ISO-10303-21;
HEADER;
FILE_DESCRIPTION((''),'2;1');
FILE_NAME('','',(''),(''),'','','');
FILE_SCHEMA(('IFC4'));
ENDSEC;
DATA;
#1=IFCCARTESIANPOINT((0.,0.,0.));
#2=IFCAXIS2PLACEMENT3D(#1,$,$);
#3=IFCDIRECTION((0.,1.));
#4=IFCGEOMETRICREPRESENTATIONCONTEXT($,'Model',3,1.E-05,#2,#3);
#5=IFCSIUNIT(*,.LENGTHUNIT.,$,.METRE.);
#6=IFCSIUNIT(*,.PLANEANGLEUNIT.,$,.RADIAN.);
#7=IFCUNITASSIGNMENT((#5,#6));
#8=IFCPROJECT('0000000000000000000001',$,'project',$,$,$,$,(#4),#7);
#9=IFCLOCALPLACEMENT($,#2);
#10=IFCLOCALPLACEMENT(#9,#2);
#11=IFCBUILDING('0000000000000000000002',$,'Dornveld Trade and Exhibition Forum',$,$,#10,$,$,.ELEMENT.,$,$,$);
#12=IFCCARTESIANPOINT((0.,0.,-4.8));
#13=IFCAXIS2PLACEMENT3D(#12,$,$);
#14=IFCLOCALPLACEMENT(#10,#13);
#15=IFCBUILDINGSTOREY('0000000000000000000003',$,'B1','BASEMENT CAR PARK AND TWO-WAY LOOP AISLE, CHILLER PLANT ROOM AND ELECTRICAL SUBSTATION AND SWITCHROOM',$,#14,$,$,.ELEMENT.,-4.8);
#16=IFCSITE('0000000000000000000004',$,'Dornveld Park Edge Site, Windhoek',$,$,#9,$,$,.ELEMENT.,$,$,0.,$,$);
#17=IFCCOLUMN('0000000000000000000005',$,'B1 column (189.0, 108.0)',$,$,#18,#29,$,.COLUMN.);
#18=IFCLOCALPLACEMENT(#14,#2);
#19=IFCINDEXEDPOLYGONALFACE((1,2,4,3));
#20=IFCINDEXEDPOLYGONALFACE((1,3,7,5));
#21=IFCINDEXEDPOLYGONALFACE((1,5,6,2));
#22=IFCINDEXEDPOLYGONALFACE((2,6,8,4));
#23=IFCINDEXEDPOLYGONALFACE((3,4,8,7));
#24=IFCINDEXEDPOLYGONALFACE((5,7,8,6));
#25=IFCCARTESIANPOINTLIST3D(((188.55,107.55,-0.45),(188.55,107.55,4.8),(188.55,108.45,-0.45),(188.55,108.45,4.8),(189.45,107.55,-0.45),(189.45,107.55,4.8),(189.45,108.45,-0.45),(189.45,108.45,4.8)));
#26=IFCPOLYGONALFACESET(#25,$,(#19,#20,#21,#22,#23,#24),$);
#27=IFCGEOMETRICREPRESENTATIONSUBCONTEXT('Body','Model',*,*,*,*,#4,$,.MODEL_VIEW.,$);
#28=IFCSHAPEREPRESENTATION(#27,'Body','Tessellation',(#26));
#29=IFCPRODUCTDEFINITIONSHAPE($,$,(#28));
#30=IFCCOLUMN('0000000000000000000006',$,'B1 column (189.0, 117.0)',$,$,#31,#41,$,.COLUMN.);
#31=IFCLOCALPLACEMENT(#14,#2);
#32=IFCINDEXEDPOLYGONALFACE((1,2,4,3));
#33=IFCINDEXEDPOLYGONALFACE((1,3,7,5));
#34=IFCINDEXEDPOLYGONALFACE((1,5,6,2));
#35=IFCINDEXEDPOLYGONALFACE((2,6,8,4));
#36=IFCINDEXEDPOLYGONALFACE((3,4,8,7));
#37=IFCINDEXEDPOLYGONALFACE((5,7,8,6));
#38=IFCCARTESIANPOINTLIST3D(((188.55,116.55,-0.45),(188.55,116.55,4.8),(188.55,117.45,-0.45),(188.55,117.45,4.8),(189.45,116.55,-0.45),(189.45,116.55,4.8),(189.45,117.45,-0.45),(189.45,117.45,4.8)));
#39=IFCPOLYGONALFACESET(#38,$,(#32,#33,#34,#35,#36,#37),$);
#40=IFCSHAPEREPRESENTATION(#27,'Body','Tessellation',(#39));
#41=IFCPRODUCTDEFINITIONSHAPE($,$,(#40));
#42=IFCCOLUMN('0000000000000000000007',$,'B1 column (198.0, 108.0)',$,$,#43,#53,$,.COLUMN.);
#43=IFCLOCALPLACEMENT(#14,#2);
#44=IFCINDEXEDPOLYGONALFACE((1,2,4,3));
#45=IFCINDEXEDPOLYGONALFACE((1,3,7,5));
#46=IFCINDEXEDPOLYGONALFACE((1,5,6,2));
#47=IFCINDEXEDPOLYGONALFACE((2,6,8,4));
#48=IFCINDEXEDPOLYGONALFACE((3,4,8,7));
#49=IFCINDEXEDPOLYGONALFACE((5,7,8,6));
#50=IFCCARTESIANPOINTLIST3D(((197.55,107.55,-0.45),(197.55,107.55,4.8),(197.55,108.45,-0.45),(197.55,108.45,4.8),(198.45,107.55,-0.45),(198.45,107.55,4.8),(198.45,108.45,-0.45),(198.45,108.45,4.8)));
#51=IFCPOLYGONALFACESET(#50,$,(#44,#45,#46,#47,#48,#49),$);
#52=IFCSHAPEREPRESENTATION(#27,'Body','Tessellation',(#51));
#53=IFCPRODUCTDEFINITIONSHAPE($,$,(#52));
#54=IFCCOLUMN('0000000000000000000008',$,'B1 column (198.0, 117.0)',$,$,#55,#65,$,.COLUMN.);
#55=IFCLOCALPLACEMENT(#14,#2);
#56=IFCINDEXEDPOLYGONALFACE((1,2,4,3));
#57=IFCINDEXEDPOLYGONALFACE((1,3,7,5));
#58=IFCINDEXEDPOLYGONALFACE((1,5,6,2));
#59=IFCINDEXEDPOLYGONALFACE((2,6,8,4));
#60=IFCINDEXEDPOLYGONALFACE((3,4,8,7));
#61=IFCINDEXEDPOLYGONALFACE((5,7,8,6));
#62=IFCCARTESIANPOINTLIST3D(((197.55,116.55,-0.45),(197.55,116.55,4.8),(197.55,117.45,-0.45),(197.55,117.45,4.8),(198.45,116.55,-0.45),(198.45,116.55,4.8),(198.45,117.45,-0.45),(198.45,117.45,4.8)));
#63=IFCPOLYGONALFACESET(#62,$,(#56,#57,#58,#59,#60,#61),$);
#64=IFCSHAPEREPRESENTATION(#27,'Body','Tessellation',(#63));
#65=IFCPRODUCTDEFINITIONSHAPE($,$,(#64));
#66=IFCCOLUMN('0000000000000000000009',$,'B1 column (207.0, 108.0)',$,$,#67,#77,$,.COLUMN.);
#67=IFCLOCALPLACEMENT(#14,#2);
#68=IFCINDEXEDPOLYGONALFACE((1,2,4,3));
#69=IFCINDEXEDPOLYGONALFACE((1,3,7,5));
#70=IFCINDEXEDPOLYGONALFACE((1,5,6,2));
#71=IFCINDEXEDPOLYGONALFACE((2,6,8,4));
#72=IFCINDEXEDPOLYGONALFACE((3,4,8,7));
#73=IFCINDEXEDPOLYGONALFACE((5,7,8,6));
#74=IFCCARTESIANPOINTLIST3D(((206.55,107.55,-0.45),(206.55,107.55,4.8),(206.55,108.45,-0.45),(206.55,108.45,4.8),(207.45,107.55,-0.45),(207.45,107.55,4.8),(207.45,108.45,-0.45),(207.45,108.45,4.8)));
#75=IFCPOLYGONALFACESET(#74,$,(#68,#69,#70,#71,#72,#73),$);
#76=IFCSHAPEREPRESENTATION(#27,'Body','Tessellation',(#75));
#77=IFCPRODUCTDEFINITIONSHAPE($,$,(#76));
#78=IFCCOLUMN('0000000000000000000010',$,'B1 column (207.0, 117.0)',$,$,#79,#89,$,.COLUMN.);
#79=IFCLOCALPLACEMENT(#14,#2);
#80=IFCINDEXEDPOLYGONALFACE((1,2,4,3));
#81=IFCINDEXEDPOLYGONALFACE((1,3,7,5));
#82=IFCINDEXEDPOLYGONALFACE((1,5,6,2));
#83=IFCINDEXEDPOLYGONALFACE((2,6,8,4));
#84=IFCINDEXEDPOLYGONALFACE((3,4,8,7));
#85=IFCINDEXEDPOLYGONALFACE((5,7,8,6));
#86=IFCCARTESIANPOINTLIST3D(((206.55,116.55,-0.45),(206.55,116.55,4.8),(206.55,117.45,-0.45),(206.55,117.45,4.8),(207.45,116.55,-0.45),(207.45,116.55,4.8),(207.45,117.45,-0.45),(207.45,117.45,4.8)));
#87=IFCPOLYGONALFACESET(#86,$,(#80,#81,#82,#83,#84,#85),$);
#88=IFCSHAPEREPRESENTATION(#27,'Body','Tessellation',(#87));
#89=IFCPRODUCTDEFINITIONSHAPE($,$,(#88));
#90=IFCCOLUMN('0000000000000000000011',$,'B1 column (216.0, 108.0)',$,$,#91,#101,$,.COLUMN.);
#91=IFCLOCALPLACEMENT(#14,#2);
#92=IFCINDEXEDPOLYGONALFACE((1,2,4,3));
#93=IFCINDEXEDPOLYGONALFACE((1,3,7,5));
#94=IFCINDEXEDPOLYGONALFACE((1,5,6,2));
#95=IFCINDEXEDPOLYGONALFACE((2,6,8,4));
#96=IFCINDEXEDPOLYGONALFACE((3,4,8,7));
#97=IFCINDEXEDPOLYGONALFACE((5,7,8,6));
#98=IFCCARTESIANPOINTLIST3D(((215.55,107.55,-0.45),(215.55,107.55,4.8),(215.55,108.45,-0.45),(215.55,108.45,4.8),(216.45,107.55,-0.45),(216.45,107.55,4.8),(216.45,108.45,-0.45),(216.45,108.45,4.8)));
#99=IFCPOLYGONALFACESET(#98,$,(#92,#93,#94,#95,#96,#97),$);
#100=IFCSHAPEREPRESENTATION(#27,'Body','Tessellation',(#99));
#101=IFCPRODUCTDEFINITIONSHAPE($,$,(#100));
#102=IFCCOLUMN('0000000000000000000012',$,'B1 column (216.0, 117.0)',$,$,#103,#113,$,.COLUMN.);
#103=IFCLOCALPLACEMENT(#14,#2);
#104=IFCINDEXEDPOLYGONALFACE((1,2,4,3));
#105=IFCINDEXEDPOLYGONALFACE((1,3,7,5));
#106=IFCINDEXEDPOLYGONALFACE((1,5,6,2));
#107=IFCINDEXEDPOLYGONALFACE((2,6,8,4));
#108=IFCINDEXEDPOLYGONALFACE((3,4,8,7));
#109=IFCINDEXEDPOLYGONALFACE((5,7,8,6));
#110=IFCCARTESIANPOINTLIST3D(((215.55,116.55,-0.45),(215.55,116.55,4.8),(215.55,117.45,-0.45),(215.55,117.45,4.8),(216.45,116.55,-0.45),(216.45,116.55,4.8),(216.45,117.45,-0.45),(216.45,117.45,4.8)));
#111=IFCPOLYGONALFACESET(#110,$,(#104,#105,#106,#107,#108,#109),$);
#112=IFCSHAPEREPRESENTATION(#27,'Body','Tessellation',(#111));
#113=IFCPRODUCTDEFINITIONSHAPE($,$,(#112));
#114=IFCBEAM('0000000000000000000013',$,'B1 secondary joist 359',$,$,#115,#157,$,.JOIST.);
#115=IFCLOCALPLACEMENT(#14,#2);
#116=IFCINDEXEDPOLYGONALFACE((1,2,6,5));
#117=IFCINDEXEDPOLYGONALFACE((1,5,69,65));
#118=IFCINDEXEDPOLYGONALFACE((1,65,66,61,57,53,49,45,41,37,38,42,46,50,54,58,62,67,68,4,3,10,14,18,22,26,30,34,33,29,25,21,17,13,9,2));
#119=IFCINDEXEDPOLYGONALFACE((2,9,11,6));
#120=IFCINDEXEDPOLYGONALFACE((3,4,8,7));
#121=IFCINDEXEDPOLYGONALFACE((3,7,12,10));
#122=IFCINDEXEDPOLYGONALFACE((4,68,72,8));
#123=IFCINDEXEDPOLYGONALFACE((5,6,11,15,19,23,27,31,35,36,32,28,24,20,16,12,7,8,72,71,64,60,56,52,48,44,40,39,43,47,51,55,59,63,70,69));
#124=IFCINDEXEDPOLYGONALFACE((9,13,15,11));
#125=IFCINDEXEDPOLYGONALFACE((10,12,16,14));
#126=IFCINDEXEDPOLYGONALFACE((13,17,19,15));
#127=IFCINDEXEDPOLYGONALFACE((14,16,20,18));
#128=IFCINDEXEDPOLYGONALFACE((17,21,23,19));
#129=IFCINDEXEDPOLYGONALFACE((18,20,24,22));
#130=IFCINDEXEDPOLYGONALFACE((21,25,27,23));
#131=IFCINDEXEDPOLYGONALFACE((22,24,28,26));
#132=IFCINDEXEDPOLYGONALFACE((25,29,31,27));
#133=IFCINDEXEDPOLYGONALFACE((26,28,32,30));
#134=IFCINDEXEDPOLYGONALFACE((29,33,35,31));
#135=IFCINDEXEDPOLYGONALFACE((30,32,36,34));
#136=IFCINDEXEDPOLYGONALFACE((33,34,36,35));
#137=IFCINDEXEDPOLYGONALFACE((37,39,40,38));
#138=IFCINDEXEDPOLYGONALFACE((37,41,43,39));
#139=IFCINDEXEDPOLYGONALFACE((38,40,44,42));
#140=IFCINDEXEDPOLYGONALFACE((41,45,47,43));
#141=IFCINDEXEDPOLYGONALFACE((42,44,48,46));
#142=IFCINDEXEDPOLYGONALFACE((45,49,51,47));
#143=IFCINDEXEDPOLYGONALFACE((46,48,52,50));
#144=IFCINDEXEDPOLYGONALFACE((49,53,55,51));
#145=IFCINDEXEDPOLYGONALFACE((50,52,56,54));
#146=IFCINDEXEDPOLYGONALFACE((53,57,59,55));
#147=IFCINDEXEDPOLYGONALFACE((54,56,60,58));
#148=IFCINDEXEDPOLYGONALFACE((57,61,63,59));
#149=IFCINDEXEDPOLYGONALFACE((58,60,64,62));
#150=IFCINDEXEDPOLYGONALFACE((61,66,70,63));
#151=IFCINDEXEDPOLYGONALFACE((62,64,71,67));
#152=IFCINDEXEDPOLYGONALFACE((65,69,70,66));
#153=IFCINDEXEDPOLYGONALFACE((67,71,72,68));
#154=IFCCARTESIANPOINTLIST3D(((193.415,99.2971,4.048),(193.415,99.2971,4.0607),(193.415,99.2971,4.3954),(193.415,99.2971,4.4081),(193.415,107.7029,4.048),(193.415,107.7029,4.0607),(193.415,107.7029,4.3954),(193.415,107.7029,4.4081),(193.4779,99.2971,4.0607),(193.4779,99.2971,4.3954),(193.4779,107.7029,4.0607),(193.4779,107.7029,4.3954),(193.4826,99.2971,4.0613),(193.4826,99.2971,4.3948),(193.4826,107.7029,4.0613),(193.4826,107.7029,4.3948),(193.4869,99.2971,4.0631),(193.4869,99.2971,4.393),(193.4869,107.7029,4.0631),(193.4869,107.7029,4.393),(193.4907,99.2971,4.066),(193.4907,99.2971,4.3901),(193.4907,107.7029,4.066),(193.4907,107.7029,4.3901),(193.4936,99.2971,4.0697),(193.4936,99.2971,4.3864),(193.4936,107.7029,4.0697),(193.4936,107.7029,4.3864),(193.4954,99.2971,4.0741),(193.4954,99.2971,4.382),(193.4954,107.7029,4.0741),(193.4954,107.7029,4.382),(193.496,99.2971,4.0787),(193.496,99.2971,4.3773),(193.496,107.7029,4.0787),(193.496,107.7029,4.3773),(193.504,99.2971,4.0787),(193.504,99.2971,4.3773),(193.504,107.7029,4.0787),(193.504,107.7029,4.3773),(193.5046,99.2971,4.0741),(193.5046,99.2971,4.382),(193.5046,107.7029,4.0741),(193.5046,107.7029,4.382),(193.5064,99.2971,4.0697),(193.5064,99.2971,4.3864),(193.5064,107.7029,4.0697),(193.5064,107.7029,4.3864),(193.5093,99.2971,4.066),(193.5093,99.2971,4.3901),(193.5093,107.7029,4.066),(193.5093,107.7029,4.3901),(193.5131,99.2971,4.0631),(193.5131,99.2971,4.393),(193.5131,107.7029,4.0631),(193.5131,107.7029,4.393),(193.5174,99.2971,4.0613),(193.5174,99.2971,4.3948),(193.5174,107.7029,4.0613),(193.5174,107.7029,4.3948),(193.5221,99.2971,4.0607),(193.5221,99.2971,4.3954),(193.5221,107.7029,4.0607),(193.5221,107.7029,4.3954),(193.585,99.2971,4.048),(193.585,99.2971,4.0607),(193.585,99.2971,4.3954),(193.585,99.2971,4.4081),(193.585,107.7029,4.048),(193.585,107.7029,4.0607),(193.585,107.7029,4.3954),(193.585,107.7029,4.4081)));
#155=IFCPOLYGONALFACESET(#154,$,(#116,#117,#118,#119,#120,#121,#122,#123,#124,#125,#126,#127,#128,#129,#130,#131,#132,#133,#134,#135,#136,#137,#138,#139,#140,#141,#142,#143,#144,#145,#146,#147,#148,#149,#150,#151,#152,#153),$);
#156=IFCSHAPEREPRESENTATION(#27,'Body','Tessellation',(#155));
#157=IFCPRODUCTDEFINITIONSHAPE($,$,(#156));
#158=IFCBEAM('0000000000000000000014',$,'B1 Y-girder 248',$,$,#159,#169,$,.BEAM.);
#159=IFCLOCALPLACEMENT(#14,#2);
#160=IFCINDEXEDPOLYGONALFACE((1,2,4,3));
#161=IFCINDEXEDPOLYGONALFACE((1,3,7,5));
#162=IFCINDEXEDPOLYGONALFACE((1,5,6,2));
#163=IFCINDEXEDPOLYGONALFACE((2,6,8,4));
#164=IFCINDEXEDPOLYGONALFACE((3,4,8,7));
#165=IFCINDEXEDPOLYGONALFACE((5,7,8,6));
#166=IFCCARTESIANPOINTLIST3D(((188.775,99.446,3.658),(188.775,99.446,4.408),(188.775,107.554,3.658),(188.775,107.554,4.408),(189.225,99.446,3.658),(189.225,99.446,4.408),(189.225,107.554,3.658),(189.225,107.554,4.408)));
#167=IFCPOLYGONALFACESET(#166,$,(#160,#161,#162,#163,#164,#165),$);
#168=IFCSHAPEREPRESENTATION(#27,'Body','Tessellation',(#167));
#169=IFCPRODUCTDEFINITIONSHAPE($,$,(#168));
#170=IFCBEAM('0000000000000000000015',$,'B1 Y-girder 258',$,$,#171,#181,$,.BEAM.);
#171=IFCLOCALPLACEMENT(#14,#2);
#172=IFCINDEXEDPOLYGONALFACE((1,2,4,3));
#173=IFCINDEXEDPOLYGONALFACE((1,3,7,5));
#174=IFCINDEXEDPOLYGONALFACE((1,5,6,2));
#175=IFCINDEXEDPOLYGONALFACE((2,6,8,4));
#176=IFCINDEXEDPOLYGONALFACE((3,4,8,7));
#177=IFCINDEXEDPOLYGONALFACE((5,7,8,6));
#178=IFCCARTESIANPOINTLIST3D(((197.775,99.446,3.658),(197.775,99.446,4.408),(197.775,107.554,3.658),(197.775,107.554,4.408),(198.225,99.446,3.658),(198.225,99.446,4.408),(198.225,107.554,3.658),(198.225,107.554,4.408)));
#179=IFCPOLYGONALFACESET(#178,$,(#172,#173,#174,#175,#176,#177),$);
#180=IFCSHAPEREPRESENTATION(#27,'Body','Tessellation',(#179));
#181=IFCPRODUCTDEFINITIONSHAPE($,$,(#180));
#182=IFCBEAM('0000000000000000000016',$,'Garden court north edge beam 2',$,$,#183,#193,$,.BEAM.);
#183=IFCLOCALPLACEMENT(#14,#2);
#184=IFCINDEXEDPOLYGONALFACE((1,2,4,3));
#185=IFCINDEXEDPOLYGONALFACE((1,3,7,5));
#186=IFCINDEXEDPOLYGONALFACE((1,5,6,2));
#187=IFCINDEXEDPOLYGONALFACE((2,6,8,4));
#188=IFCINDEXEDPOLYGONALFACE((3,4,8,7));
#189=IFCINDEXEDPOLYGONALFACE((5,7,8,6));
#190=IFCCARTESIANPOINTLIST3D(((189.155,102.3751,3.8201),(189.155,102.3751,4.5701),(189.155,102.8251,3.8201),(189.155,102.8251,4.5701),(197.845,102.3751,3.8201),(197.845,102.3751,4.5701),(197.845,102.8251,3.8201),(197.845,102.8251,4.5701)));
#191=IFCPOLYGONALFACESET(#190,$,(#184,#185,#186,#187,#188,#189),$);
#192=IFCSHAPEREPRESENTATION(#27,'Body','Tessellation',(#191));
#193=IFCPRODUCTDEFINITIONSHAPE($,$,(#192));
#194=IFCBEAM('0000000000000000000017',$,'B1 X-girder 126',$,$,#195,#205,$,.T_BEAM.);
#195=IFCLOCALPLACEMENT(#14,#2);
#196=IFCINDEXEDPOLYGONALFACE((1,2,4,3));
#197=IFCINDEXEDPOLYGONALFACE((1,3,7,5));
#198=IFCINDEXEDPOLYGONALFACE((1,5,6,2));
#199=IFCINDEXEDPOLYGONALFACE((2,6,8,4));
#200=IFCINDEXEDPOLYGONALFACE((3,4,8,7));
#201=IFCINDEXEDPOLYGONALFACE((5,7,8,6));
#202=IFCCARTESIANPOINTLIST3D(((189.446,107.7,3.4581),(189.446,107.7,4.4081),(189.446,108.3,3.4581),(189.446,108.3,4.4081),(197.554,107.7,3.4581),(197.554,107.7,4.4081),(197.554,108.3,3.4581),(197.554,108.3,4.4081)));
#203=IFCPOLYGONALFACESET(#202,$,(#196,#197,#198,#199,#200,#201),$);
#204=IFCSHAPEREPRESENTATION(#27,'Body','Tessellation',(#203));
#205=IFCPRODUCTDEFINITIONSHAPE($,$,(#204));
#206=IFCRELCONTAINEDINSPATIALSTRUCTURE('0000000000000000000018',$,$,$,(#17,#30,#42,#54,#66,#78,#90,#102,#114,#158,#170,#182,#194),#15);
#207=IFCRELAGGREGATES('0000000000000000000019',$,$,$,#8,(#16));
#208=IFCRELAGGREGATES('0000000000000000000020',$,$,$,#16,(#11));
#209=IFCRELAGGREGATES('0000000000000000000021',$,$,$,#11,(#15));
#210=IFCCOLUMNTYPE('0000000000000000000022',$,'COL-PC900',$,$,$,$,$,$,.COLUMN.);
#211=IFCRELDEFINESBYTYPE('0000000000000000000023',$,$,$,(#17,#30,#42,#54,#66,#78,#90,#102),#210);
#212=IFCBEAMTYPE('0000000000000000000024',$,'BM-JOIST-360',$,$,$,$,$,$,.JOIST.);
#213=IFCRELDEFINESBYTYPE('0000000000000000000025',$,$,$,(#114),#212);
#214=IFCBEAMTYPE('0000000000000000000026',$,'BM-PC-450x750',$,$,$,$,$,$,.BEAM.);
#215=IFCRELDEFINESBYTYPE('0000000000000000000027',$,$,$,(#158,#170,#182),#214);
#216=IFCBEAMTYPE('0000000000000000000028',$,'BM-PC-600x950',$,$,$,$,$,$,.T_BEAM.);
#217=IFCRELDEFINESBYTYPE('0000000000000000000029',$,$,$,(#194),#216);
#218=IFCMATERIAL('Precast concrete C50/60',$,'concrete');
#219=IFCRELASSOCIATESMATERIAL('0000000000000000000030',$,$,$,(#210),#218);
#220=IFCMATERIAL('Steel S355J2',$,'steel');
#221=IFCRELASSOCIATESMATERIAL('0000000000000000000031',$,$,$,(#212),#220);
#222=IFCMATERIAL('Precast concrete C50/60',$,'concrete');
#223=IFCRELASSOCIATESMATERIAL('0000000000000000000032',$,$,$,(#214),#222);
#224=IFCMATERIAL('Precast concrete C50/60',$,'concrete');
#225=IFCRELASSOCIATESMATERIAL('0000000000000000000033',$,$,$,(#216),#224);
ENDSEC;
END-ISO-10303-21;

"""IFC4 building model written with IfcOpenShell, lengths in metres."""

from ifc_helpers import new_model, si_unit, direction, frame, origin, origin_2d, place, context, subcontext, project, spatial, rectangle, i_section, extrude, material, material_profile, profile_set, type_object, element, save


model = new_model("IFC4")

# Units and contexts
model_context = context("Model", 3, precision=1e-05, world=origin(), true_north=direction((0.0, 1.0)))
body_context = subcontext(model_context, "Body", "Model", "MODEL_VIEW")
ifc_project = project(units=[si_unit("LENGTHUNIT", "METRE"), si_unit("PLANEANGLEUNIT", "RADIAN")], contexts=[model_context])

# Site, building, storey
site_placement = place(None, origin())
site = spatial("IfcSite", under=ifc_project, at=site_placement, Name="Dornveld Park Edge Site, Windhoek", CompositionType="ELEMENT", RefElevation=0.0)
building_placement = place(site_placement, origin())
building = spatial("IfcBuilding", under=site, at=building_placement, Name="Dornveld Trade and Exhibition Forum", CompositionType="ELEMENT")
storey_placement = place(building_placement, frame((0.0, 0.0, -4.8)))
storey = spatial("IfcBuildingStorey", under=building, at=storey_placement, Name="B1", Description="BASEMENT CAR PARK AND TWO-WAY LOOP AISLE, CHILLER PLANT ROOM AND ELECTRICAL SUBSTATION AND SWITCHROOM", CompositionType="ELEMENT", Elevation=-4.8)

# Columns
ifc_material_1 = material(Name="Precast concrete C50/60", Category="concrete")
ifc_material_profile_1 = material_profile(ifc_material_1, rectangle(XDim=0.8999, YDim=0.8999, at=origin_2d()), Name="PC-COL 900x900")
ifc_profile_set_1 = profile_set([ifc_material_profile_1], Name="Precast concrete C50/60")
column_type_1 = type_object("IfcColumnType", Name="COL-PC900", PredefinedType="COLUMN", material=ifc_profile_set_1)
for number, where, z_axis, x_axis, name in (
    (1, (189.0, 108.0, -0.45), (0.0, 0.0, 1.0), (1.0, 0.0, 0.0), "B1 column (189.0, 108.0)"),
    (2, (189.0, 117.0, -0.45), (0.0, 0.0, 1.0), (1.0, 0.0, 0.0), "B1 column (189.0, 117.0)"),
    (3, (198.0, 108.0, -0.45), (0.0, 0.0, 1.0), (1.0, 0.0, 0.0), "B1 column (198.0, 108.0)"),
    (4, (198.0, 117.0, -0.45), (0.0, 0.0, 1.0), (1.0, 0.0, 0.0), "B1 column (198.0, 117.0)"),
    (5, (207.0, 108.0, -0.45), (0.0, 0.0, 1.0), (1.0, 0.0, 0.0), "B1 column (207.0, 108.0)"),
    (6, (207.0, 117.0, -0.45), (0.0, 0.0, 1.0), (1.0, 0.0, 0.0), "B1 column (207.0, 117.0)"),
    (7, (216.0, 108.0, -0.45), (0.0, 0.0, 1.0), (1.0, 0.0, 0.0), "B1 column (216.0, 108.0)"),
    (8, (216.0, 117.0, -0.45), (0.0, 0.0, 1.0), (1.0, 0.0, 0.0), "B1 column (216.0, 117.0)"),
):
    element("IfcColumn", number, at=place(storey_placement, frame(where, z_axis=z_axis, x_axis=x_axis)), inside=storey, type_object=column_type_1, Name=name, PredefinedType="COLUMN", context=body_context, shape_type="SweptSolid", body=[
        extrude(rectangle(XDim=0.8999, YDim=0.8999, at=origin_2d()), origin(), (0.0, 0.0, 1.0), 5.25),
    ])

# Beams
ifc_material_2 = material(Name="Steel S355J2", Category="steel")
ifc_material_profile_2 = material_profile(ifc_material_2, i_section(OverallWidth=0.1699, OverallDepth=0.3601, WebThickness=0.0081, FlangeThickness=0.0127, FilletRadius=0.0181, at=origin_2d()), Name="IPE 360")
ifc_profile_set_2 = profile_set([ifc_material_profile_2], Name="Steel S355J2")
beam_type_1 = type_object("IfcBeamType", Name="BM-JOIST-360", PredefinedType="JOIST", material=ifc_profile_set_2)
beam_1_placement = place(storey_placement, frame((193.5, 99.2971, 4.228), z_axis=(0.0, 1.0, 0.0), x_axis=(-1.0, 0.0, 0.0)))
element("IfcBeam", 9, at=beam_1_placement, inside=storey, type_object=beam_type_1, Name="B1 secondary joist 359", PredefinedType="JOIST", context=body_context, shape_type="SweptSolid", body=[
    extrude(i_section(OverallWidth=0.1699, OverallDepth=0.3601, WebThickness=0.0081, FlangeThickness=0.0127, FilletRadius=0.0181, at=origin_2d()), origin(), (0.0, 0.0, 1.0), 8.4058),
])
ifc_material_3 = material(Name="Precast concrete C50/60", Category="concrete")
ifc_material_profile_3 = material_profile(ifc_material_3, rectangle(XDim=0.45, YDim=0.75, at=origin_2d()), Name="PC-BM 450x750")
ifc_profile_set_3 = profile_set([ifc_material_profile_3], Name="Precast concrete C50/60")
beam_type_2 = type_object("IfcBeamType", Name="BM-PC-450x750", PredefinedType="BEAM", material=ifc_profile_set_3)
for number, where, z_axis, x_axis, name in (
    (10, (189.0, 99.446, 4.033), (0.0, 1.0, 0.0), (-1.0, 0.0, 0.0), "B1 Y-girder 248"),
    (11, (198.0, 99.446, 4.033), (0.0, 1.0, 0.0), (-1.0, 0.0, 0.0), "B1 Y-girder 258"),
):
    element("IfcBeam", number, at=place(storey_placement, frame(where, z_axis=z_axis, x_axis=x_axis)), inside=storey, type_object=beam_type_2, Name=name, PredefinedType="BEAM", context=body_context, shape_type="SweptSolid", body=[
        extrude(rectangle(XDim=0.45, YDim=0.75, at=origin_2d()), origin(), (0.0, 0.0, 1.0), 8.1079),
    ])
beam_2_placement = place(storey_placement, frame((189.155, 102.6001, 4.1951), z_axis=(1.0, 0.0, 0.0), x_axis=(0.0, 1.0, 0.0)))
element("IfcBeam", 12, at=beam_2_placement, inside=storey, type_object=beam_type_2, Name="Garden court north edge beam 2", PredefinedType="BEAM", context=body_context, shape_type="SweptSolid", body=[
    extrude(rectangle(XDim=0.45, YDim=0.75, at=origin_2d()), origin(), (0.0, 0.0, 1.0), 8.6899),
])
ifc_material_4 = material(Name="Precast concrete C50/60", Category="concrete")
ifc_material_profile_4 = material_profile(ifc_material_4, rectangle(XDim=0.6001, YDim=0.95, at=origin_2d()), Name="PC-GIR 600x950")
ifc_profile_set_4 = profile_set([ifc_material_profile_4], Name="Precast concrete C50/60")
beam_type_3 = type_object("IfcBeamType", Name="BM-PC-600x950", PredefinedType="T_BEAM", material=ifc_profile_set_4)
beam_3_placement = place(storey_placement, frame((189.446, 108.0, 3.9331), z_axis=(1.0, 0.0, 0.0), x_axis=(0.0, 1.0, 0.0)))
element("IfcBeam", 13, at=beam_3_placement, inside=storey, type_object=beam_type_3, Name="B1 X-girder 126", PredefinedType="T_BEAM", context=body_context, shape_type="SweptSolid", body=[
    extrude(rectangle(XDim=0.6001, YDim=0.95, at=origin_2d()), origin(), (0.0, 0.0, 1.0), 8.1079),
])

save(model, "model.ifc")
